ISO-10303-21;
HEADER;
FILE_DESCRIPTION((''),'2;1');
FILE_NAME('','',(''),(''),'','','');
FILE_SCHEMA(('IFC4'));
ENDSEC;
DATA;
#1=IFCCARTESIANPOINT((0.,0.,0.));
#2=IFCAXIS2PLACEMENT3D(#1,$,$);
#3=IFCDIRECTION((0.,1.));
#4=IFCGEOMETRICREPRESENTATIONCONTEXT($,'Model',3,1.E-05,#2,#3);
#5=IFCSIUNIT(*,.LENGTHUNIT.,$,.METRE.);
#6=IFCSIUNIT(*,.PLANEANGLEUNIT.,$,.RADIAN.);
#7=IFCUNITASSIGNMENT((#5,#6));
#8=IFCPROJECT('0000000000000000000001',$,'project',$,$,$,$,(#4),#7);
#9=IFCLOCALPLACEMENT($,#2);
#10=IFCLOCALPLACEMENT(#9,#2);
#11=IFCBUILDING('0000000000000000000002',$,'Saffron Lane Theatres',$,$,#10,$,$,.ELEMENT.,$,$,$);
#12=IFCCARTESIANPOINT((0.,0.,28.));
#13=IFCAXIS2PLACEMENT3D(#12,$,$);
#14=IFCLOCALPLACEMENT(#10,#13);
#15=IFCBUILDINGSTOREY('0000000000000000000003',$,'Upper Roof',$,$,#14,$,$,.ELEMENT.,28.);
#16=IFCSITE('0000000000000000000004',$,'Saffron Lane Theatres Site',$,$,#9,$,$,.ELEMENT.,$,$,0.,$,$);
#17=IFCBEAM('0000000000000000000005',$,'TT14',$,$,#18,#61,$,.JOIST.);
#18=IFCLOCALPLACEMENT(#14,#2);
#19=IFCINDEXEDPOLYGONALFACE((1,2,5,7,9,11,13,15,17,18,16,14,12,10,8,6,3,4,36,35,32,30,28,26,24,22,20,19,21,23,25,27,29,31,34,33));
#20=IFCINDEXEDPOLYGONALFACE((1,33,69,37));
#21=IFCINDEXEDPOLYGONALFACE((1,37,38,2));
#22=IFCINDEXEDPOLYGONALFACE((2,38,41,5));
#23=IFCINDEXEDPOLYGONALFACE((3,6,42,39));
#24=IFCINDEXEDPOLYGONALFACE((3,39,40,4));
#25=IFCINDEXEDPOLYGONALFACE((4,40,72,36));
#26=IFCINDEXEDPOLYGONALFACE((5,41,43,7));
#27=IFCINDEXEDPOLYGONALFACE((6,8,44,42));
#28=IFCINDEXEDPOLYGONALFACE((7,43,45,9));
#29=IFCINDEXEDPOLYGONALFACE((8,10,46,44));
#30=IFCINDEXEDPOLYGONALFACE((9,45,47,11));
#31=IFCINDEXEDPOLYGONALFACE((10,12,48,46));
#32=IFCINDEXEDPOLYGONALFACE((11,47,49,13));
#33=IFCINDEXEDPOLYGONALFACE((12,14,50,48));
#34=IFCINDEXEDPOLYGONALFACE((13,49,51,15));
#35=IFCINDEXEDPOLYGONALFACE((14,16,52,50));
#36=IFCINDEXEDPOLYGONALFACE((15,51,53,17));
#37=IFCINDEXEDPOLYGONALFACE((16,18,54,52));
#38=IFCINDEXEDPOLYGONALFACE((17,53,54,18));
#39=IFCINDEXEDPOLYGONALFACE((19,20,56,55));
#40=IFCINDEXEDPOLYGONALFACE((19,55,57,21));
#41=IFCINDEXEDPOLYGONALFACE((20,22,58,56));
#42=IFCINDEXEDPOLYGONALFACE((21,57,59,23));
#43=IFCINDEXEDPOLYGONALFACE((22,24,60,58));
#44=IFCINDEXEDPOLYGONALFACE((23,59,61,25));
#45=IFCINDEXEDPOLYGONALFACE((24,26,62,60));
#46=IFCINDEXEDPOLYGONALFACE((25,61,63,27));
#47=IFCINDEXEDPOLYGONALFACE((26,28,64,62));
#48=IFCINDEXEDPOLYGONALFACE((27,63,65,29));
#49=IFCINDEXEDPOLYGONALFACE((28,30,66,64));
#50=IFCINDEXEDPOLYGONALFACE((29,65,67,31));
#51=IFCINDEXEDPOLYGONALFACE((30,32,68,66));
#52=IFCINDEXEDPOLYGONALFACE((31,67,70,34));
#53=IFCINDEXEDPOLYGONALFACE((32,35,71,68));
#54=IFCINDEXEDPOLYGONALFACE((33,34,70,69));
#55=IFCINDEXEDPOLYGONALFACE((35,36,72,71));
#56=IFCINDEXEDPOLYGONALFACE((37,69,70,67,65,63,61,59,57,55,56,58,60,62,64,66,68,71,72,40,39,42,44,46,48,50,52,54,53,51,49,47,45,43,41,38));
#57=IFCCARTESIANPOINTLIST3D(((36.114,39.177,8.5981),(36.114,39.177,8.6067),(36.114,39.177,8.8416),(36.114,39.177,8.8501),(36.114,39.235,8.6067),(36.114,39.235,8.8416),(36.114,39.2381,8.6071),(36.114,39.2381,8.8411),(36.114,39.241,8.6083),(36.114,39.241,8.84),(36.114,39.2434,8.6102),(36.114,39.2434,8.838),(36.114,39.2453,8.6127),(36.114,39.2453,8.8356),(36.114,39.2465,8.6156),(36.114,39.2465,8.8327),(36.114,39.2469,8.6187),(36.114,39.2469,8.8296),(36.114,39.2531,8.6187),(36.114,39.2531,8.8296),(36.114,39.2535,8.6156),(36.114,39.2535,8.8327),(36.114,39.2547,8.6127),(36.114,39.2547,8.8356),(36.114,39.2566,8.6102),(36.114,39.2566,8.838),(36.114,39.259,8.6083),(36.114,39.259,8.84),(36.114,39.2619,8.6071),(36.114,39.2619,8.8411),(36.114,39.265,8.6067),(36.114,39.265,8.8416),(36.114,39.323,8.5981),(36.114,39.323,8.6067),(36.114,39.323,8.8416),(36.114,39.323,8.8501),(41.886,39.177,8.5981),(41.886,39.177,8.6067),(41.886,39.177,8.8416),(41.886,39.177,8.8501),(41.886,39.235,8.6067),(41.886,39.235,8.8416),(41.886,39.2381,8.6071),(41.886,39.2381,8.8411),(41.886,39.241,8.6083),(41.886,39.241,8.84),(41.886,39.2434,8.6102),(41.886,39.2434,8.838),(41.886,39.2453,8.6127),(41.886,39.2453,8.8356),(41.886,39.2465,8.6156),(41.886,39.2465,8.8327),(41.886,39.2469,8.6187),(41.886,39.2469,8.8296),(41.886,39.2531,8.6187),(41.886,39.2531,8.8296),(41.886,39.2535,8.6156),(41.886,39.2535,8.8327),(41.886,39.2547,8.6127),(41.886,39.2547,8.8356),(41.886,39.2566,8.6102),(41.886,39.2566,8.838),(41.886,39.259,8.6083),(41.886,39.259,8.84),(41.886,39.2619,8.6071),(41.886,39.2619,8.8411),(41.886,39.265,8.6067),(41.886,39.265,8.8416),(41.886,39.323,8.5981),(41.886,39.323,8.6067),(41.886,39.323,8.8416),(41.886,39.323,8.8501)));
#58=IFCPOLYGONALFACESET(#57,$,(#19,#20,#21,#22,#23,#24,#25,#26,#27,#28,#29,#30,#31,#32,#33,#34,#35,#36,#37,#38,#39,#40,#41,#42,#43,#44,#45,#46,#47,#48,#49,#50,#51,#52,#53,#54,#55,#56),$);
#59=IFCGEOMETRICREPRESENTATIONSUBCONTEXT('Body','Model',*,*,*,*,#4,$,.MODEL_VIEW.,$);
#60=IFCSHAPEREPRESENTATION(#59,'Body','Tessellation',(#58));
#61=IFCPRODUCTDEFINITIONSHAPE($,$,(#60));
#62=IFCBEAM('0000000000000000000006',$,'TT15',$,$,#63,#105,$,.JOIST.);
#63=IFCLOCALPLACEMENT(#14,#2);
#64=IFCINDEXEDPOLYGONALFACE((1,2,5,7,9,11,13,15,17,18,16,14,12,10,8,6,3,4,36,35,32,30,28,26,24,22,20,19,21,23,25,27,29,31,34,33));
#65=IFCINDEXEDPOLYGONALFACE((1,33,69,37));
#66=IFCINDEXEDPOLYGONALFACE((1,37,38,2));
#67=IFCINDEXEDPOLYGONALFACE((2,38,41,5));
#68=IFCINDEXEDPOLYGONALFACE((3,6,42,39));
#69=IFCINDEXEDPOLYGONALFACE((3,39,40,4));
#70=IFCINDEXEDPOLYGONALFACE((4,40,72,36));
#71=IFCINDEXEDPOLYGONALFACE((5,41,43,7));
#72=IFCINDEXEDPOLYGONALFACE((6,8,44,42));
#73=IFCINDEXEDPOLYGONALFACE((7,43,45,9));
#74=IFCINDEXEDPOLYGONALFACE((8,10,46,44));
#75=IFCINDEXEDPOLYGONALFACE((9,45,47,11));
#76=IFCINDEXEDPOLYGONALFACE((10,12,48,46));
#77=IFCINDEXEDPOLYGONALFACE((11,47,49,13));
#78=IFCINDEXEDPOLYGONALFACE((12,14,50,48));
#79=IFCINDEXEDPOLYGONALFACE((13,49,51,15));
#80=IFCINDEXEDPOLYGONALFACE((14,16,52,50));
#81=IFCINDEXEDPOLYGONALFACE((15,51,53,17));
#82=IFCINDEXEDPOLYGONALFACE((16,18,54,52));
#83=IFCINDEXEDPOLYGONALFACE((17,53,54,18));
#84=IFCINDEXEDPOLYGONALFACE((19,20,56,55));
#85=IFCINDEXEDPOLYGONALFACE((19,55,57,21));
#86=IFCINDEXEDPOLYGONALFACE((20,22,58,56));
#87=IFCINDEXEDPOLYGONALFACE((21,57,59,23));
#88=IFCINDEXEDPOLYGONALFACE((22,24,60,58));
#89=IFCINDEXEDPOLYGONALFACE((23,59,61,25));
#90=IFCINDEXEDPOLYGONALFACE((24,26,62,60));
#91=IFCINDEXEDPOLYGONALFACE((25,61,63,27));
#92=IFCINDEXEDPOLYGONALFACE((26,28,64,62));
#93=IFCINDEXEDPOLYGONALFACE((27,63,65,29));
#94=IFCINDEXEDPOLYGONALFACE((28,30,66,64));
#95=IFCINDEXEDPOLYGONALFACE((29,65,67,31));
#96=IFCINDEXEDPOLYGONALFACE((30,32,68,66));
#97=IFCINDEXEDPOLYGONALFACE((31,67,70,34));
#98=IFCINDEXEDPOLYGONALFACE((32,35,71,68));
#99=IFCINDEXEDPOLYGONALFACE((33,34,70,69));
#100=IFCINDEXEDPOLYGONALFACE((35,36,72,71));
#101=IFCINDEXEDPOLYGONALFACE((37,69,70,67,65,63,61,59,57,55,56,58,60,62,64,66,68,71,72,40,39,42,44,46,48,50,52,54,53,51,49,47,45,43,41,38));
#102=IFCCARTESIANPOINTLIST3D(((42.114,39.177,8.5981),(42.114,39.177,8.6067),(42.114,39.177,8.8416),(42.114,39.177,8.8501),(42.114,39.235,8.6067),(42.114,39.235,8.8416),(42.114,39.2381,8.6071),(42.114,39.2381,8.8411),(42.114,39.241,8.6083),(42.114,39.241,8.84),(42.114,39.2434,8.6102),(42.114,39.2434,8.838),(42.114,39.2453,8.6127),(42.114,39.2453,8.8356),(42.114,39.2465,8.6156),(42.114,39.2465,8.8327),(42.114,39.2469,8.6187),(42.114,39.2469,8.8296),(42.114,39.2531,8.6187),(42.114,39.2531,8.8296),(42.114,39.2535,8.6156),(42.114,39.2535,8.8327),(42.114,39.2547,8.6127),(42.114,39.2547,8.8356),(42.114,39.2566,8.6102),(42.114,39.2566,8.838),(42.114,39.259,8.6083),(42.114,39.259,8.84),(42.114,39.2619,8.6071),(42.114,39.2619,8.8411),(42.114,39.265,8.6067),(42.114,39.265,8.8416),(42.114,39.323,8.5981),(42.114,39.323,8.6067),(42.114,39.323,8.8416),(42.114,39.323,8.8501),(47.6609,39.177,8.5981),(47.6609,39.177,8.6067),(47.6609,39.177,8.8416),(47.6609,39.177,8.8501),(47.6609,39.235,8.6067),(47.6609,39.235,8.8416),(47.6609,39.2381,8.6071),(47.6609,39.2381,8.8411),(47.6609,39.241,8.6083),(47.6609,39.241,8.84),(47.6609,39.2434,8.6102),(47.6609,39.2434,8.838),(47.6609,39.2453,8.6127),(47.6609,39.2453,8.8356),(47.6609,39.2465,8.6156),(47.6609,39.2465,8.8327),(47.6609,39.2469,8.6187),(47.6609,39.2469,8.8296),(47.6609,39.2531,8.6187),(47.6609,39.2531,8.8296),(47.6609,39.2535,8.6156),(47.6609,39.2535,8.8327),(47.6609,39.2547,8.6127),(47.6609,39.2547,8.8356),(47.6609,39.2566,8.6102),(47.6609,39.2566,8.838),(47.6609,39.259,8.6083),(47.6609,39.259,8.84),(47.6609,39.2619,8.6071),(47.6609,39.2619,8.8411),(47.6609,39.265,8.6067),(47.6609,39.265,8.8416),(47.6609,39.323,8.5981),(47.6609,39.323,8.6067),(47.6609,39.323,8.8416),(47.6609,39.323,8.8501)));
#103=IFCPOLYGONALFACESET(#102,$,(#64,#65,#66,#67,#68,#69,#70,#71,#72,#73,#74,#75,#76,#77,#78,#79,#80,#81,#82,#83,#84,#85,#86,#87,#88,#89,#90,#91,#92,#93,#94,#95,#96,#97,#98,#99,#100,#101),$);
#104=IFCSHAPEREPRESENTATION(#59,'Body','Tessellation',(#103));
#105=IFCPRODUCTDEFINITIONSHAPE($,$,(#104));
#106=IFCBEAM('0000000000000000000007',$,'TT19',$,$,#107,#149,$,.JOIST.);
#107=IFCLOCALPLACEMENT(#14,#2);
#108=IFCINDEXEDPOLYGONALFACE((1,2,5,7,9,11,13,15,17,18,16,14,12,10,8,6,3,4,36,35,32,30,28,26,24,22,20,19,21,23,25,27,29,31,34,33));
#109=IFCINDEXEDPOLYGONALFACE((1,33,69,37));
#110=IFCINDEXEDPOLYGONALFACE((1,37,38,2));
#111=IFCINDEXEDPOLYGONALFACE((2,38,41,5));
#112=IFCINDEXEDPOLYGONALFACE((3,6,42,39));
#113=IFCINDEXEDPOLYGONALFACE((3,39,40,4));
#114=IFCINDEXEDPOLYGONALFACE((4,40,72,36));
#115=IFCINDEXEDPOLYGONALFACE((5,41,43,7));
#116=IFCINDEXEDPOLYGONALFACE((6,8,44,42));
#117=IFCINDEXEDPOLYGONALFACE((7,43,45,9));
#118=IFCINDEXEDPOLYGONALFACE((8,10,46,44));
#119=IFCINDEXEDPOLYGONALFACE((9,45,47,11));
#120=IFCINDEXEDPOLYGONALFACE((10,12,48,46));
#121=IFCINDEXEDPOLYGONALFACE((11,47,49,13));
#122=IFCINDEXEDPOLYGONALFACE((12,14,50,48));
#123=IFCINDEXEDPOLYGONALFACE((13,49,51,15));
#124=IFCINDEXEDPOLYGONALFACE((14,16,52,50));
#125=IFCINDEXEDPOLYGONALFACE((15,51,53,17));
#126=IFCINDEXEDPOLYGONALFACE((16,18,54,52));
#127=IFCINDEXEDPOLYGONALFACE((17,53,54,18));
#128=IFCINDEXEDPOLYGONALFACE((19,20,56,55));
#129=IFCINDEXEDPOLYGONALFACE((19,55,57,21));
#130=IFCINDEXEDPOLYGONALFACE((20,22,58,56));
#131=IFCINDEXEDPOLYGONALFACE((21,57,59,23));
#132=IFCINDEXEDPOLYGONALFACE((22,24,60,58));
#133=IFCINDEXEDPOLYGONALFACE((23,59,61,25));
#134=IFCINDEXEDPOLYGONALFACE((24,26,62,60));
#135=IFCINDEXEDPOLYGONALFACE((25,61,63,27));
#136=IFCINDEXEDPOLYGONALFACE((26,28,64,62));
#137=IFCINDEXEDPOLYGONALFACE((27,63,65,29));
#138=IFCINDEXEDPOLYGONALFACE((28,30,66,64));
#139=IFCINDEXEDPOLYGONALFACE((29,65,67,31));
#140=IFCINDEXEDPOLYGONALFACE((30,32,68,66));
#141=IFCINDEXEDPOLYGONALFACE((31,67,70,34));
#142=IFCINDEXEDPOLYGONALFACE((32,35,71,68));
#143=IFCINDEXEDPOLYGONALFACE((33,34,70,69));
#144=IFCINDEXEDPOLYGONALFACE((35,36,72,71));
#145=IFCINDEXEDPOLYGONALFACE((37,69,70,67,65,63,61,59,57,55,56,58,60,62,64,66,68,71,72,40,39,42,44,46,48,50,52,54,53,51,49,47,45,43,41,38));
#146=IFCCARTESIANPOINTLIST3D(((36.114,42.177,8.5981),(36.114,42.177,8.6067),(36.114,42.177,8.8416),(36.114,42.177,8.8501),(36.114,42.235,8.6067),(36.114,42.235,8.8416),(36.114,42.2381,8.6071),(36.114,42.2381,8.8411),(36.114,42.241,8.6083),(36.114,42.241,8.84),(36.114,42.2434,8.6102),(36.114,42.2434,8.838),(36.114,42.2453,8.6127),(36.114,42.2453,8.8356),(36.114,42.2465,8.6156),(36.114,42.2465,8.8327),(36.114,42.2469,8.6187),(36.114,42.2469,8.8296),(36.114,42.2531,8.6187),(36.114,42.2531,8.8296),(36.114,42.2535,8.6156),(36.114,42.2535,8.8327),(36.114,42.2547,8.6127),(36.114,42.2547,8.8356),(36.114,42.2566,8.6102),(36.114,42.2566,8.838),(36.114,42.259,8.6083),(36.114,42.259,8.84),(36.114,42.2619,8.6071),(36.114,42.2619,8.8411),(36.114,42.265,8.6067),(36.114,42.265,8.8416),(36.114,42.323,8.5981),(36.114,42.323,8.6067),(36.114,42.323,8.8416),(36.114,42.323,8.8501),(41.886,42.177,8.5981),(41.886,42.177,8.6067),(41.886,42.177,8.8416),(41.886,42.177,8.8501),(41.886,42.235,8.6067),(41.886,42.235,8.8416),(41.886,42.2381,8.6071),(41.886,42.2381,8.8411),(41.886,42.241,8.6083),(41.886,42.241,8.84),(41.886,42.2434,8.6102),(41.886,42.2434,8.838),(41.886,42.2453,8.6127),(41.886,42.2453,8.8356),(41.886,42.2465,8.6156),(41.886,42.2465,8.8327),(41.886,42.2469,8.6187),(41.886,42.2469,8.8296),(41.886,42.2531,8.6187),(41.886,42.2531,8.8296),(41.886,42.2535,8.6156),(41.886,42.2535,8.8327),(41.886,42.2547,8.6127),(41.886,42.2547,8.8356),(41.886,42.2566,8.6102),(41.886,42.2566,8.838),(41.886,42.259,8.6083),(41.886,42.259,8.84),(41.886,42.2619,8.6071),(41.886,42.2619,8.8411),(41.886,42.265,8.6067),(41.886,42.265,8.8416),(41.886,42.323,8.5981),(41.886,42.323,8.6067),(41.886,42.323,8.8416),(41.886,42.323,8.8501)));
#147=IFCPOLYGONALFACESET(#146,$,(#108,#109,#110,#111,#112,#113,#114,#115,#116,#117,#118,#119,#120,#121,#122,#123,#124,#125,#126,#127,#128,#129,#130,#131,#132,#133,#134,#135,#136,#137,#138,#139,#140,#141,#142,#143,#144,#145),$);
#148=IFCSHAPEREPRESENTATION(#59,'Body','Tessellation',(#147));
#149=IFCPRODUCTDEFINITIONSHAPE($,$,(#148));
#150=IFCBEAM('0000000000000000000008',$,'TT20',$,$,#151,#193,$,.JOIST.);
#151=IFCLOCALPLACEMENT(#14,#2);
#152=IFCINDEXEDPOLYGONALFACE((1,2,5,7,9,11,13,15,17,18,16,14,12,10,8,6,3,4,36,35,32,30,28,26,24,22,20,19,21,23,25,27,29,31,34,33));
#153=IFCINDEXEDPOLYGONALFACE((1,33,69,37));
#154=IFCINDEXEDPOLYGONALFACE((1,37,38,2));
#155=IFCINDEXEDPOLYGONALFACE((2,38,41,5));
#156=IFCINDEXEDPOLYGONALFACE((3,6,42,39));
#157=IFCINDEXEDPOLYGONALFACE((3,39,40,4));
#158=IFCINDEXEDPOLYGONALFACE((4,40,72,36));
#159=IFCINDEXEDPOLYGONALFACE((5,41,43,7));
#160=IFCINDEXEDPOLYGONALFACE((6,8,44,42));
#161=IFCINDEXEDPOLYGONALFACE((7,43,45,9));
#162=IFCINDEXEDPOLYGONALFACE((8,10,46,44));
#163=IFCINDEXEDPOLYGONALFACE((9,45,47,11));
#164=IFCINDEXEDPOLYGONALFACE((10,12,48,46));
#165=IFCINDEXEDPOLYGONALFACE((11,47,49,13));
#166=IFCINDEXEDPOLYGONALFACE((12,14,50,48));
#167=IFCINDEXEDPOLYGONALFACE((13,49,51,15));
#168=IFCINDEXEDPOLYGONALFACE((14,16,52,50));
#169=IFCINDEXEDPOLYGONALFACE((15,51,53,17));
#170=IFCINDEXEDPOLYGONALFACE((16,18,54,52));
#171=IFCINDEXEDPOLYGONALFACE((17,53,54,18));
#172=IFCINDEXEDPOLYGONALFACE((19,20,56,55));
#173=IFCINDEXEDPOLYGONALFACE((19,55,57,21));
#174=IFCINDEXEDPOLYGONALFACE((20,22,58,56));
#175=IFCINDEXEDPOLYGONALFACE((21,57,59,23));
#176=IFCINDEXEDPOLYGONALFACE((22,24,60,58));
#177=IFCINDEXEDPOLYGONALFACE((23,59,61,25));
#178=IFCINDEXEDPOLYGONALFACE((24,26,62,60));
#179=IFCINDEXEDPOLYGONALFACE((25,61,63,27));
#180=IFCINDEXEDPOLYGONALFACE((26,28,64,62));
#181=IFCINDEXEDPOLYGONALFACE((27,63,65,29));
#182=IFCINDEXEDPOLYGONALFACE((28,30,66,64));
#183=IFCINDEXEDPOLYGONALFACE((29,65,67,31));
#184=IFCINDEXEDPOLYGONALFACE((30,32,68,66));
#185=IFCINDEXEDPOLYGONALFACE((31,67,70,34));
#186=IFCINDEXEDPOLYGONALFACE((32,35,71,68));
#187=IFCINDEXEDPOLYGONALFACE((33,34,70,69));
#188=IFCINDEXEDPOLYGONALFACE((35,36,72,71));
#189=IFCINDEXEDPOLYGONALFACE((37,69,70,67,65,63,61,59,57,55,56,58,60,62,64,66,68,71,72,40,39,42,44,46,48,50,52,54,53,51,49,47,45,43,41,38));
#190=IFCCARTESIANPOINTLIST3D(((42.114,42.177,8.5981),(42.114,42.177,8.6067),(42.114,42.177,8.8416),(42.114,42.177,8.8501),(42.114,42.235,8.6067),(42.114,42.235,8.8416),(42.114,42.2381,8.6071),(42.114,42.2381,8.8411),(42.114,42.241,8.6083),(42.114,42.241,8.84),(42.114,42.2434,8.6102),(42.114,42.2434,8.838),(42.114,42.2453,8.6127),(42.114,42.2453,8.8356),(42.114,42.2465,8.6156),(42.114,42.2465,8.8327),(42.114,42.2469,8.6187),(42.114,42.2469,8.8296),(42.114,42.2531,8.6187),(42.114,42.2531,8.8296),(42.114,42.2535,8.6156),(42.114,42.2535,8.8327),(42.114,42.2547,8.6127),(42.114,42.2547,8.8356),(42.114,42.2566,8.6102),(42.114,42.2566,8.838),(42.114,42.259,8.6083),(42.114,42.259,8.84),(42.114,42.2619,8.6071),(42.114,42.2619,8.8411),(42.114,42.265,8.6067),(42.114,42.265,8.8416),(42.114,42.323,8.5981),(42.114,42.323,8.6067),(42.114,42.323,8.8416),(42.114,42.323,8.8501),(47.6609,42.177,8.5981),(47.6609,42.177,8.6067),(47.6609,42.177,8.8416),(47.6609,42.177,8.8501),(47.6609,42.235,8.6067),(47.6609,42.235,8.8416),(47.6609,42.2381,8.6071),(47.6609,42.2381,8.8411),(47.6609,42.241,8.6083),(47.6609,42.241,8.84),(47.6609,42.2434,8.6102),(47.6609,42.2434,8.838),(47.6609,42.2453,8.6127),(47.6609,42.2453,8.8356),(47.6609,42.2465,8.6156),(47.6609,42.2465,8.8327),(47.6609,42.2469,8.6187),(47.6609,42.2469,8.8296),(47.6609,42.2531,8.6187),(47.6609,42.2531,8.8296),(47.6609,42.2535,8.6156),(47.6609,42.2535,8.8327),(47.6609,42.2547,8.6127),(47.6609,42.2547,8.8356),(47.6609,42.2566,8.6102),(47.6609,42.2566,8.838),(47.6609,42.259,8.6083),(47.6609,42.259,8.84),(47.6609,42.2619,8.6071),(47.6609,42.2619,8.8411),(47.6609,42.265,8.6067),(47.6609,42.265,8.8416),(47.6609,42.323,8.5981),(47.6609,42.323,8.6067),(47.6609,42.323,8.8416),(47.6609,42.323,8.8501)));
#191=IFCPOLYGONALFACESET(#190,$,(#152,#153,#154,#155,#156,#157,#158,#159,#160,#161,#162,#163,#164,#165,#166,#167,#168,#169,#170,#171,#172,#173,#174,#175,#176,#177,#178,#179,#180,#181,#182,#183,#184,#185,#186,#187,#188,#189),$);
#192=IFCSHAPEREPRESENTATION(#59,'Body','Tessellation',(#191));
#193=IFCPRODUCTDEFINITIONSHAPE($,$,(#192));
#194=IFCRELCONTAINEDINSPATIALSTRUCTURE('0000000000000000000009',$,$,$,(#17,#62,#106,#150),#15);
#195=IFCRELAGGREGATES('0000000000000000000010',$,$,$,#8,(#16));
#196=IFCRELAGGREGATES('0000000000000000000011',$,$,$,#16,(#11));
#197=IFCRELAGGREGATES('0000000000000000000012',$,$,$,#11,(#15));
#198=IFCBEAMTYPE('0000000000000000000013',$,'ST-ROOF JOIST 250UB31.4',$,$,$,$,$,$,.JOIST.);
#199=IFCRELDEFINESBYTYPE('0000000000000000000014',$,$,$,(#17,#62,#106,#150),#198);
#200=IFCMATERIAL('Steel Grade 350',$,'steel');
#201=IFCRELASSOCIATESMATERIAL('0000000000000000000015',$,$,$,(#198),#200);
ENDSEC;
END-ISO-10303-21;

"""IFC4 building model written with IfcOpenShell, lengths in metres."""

from ifc_helpers import new_model, si_unit, direction, frame, origin, origin_2d, place, context, subcontext, project, spatial, i_section, extrude, material, material_profile, profile_set, type_object, element, save


model = new_model("IFC4")

# Units and contexts
model_context = context("Model", 3, precision=1e-05, world=origin(), true_north=direction((0.0, 1.0)))
body_context = subcontext(model_context, "Body", "Model", "MODEL_VIEW")
ifc_project = project(units=[si_unit("LENGTHUNIT", "METRE"), si_unit("PLANEANGLEUNIT", "RADIAN")], contexts=[model_context])

# Site, building, storey
site_placement = place(None, origin())
site = spatial("IfcSite", under=ifc_project, at=site_placement, Name="Saffron Lane Theatres Site", CompositionType="ELEMENT", RefElevation=0.0)
building_placement = place(site_placement, origin())
building = spatial("IfcBuilding", under=site, at=building_placement, Name="Saffron Lane Theatres", CompositionType="ELEMENT")
storey_placement = place(building_placement, frame((0.0, 0.0, 28.0)))
storey = spatial("IfcBuildingStorey", under=building, at=storey_placement, Name="Upper Roof", CompositionType="ELEMENT", Elevation=28.0)

# Beams
ifc_material_1 = material(Name="Steel Grade 350", Category="steel")
ifc_material_profile_1 = material_profile(ifc_material_1, i_section(OverallWidth=0.146, OverallDepth=0.252, WebThickness=0.0061, FlangeThickness=0.0085, FilletRadius=0.012, at=origin_2d()))
ifc_profile_set_1 = profile_set([ifc_material_profile_1], Name="Steel Grade 350")
beam_type_1 = type_object("IfcBeamType", Name="ST-ROOF JOIST 250UB31.4", PredefinedType="JOIST", material=ifc_profile_set_1)
beam_1_placement = place(storey_placement, frame((36.114, 39.25, 8.7241), z_axis=(1.0, 0.0, 0.0), x_axis=(0.0, 1.0, 0.0)))
element("IfcBeam", 1, at=beam_1_placement, inside=storey, type_object=beam_type_1, Name="TT14", PredefinedType="JOIST", context=body_context, shape_type="SweptSolid", body=[
    extrude(i_section(OverallWidth=0.146, OverallDepth=0.252, WebThickness=0.0061, FlangeThickness=0.0085, FilletRadius=0.012, at=origin_2d()), origin(), (0.0, 0.0, 1.0), 5.772),
])
beam_2_placement = place(storey_placement, frame((42.114, 39.25, 8.7241), z_axis=(1.0, 0.0, 0.0), x_axis=(0.0, 1.0, 0.0)))
element("IfcBeam", 2, at=beam_2_placement, inside=storey, type_object=beam_type_1, Name="TT15", PredefinedType="JOIST", context=body_context, shape_type="SweptSolid", body=[
    extrude(i_section(OverallWidth=0.146, OverallDepth=0.252, WebThickness=0.0061, FlangeThickness=0.0085, FilletRadius=0.012, at=origin_2d()), origin(), (0.0, 0.0, 1.0), 5.5469),
])
beam_3_placement = place(storey_placement, frame((36.114, 42.25, 8.7241), z_axis=(1.0, 0.0, 0.0), x_axis=(0.0, 1.0, 0.0)))
element("IfcBeam", 3, at=beam_3_placement, inside=storey, type_object=beam_type_1, Name="TT19", PredefinedType="JOIST", context=body_context, shape_type="SweptSolid", body=[
    extrude(i_section(OverallWidth=0.146, OverallDepth=0.252, WebThickness=0.0061, FlangeThickness=0.0085, FilletRadius=0.012, at=origin_2d()), origin(), (0.0, 0.0, 1.0), 5.772),
])
beam_4_placement = place(storey_placement, frame((42.114, 42.25, 8.7241), z_axis=(1.0, 0.0, 0.0), x_axis=(0.0, 1.0, 0.0)))
element("IfcBeam", 4, at=beam_4_placement, inside=storey, type_object=beam_type_1, Name="TT20", PredefinedType="JOIST", context=body_context, shape_type="SweptSolid", body=[
    extrude(i_section(OverallWidth=0.146, OverallDepth=0.252, WebThickness=0.0061, FlangeThickness=0.0085, FilletRadius=0.012, at=origin_2d()), origin(), (0.0, 0.0, 1.0), 5.5469),
])

save(model, "model.ifc")
